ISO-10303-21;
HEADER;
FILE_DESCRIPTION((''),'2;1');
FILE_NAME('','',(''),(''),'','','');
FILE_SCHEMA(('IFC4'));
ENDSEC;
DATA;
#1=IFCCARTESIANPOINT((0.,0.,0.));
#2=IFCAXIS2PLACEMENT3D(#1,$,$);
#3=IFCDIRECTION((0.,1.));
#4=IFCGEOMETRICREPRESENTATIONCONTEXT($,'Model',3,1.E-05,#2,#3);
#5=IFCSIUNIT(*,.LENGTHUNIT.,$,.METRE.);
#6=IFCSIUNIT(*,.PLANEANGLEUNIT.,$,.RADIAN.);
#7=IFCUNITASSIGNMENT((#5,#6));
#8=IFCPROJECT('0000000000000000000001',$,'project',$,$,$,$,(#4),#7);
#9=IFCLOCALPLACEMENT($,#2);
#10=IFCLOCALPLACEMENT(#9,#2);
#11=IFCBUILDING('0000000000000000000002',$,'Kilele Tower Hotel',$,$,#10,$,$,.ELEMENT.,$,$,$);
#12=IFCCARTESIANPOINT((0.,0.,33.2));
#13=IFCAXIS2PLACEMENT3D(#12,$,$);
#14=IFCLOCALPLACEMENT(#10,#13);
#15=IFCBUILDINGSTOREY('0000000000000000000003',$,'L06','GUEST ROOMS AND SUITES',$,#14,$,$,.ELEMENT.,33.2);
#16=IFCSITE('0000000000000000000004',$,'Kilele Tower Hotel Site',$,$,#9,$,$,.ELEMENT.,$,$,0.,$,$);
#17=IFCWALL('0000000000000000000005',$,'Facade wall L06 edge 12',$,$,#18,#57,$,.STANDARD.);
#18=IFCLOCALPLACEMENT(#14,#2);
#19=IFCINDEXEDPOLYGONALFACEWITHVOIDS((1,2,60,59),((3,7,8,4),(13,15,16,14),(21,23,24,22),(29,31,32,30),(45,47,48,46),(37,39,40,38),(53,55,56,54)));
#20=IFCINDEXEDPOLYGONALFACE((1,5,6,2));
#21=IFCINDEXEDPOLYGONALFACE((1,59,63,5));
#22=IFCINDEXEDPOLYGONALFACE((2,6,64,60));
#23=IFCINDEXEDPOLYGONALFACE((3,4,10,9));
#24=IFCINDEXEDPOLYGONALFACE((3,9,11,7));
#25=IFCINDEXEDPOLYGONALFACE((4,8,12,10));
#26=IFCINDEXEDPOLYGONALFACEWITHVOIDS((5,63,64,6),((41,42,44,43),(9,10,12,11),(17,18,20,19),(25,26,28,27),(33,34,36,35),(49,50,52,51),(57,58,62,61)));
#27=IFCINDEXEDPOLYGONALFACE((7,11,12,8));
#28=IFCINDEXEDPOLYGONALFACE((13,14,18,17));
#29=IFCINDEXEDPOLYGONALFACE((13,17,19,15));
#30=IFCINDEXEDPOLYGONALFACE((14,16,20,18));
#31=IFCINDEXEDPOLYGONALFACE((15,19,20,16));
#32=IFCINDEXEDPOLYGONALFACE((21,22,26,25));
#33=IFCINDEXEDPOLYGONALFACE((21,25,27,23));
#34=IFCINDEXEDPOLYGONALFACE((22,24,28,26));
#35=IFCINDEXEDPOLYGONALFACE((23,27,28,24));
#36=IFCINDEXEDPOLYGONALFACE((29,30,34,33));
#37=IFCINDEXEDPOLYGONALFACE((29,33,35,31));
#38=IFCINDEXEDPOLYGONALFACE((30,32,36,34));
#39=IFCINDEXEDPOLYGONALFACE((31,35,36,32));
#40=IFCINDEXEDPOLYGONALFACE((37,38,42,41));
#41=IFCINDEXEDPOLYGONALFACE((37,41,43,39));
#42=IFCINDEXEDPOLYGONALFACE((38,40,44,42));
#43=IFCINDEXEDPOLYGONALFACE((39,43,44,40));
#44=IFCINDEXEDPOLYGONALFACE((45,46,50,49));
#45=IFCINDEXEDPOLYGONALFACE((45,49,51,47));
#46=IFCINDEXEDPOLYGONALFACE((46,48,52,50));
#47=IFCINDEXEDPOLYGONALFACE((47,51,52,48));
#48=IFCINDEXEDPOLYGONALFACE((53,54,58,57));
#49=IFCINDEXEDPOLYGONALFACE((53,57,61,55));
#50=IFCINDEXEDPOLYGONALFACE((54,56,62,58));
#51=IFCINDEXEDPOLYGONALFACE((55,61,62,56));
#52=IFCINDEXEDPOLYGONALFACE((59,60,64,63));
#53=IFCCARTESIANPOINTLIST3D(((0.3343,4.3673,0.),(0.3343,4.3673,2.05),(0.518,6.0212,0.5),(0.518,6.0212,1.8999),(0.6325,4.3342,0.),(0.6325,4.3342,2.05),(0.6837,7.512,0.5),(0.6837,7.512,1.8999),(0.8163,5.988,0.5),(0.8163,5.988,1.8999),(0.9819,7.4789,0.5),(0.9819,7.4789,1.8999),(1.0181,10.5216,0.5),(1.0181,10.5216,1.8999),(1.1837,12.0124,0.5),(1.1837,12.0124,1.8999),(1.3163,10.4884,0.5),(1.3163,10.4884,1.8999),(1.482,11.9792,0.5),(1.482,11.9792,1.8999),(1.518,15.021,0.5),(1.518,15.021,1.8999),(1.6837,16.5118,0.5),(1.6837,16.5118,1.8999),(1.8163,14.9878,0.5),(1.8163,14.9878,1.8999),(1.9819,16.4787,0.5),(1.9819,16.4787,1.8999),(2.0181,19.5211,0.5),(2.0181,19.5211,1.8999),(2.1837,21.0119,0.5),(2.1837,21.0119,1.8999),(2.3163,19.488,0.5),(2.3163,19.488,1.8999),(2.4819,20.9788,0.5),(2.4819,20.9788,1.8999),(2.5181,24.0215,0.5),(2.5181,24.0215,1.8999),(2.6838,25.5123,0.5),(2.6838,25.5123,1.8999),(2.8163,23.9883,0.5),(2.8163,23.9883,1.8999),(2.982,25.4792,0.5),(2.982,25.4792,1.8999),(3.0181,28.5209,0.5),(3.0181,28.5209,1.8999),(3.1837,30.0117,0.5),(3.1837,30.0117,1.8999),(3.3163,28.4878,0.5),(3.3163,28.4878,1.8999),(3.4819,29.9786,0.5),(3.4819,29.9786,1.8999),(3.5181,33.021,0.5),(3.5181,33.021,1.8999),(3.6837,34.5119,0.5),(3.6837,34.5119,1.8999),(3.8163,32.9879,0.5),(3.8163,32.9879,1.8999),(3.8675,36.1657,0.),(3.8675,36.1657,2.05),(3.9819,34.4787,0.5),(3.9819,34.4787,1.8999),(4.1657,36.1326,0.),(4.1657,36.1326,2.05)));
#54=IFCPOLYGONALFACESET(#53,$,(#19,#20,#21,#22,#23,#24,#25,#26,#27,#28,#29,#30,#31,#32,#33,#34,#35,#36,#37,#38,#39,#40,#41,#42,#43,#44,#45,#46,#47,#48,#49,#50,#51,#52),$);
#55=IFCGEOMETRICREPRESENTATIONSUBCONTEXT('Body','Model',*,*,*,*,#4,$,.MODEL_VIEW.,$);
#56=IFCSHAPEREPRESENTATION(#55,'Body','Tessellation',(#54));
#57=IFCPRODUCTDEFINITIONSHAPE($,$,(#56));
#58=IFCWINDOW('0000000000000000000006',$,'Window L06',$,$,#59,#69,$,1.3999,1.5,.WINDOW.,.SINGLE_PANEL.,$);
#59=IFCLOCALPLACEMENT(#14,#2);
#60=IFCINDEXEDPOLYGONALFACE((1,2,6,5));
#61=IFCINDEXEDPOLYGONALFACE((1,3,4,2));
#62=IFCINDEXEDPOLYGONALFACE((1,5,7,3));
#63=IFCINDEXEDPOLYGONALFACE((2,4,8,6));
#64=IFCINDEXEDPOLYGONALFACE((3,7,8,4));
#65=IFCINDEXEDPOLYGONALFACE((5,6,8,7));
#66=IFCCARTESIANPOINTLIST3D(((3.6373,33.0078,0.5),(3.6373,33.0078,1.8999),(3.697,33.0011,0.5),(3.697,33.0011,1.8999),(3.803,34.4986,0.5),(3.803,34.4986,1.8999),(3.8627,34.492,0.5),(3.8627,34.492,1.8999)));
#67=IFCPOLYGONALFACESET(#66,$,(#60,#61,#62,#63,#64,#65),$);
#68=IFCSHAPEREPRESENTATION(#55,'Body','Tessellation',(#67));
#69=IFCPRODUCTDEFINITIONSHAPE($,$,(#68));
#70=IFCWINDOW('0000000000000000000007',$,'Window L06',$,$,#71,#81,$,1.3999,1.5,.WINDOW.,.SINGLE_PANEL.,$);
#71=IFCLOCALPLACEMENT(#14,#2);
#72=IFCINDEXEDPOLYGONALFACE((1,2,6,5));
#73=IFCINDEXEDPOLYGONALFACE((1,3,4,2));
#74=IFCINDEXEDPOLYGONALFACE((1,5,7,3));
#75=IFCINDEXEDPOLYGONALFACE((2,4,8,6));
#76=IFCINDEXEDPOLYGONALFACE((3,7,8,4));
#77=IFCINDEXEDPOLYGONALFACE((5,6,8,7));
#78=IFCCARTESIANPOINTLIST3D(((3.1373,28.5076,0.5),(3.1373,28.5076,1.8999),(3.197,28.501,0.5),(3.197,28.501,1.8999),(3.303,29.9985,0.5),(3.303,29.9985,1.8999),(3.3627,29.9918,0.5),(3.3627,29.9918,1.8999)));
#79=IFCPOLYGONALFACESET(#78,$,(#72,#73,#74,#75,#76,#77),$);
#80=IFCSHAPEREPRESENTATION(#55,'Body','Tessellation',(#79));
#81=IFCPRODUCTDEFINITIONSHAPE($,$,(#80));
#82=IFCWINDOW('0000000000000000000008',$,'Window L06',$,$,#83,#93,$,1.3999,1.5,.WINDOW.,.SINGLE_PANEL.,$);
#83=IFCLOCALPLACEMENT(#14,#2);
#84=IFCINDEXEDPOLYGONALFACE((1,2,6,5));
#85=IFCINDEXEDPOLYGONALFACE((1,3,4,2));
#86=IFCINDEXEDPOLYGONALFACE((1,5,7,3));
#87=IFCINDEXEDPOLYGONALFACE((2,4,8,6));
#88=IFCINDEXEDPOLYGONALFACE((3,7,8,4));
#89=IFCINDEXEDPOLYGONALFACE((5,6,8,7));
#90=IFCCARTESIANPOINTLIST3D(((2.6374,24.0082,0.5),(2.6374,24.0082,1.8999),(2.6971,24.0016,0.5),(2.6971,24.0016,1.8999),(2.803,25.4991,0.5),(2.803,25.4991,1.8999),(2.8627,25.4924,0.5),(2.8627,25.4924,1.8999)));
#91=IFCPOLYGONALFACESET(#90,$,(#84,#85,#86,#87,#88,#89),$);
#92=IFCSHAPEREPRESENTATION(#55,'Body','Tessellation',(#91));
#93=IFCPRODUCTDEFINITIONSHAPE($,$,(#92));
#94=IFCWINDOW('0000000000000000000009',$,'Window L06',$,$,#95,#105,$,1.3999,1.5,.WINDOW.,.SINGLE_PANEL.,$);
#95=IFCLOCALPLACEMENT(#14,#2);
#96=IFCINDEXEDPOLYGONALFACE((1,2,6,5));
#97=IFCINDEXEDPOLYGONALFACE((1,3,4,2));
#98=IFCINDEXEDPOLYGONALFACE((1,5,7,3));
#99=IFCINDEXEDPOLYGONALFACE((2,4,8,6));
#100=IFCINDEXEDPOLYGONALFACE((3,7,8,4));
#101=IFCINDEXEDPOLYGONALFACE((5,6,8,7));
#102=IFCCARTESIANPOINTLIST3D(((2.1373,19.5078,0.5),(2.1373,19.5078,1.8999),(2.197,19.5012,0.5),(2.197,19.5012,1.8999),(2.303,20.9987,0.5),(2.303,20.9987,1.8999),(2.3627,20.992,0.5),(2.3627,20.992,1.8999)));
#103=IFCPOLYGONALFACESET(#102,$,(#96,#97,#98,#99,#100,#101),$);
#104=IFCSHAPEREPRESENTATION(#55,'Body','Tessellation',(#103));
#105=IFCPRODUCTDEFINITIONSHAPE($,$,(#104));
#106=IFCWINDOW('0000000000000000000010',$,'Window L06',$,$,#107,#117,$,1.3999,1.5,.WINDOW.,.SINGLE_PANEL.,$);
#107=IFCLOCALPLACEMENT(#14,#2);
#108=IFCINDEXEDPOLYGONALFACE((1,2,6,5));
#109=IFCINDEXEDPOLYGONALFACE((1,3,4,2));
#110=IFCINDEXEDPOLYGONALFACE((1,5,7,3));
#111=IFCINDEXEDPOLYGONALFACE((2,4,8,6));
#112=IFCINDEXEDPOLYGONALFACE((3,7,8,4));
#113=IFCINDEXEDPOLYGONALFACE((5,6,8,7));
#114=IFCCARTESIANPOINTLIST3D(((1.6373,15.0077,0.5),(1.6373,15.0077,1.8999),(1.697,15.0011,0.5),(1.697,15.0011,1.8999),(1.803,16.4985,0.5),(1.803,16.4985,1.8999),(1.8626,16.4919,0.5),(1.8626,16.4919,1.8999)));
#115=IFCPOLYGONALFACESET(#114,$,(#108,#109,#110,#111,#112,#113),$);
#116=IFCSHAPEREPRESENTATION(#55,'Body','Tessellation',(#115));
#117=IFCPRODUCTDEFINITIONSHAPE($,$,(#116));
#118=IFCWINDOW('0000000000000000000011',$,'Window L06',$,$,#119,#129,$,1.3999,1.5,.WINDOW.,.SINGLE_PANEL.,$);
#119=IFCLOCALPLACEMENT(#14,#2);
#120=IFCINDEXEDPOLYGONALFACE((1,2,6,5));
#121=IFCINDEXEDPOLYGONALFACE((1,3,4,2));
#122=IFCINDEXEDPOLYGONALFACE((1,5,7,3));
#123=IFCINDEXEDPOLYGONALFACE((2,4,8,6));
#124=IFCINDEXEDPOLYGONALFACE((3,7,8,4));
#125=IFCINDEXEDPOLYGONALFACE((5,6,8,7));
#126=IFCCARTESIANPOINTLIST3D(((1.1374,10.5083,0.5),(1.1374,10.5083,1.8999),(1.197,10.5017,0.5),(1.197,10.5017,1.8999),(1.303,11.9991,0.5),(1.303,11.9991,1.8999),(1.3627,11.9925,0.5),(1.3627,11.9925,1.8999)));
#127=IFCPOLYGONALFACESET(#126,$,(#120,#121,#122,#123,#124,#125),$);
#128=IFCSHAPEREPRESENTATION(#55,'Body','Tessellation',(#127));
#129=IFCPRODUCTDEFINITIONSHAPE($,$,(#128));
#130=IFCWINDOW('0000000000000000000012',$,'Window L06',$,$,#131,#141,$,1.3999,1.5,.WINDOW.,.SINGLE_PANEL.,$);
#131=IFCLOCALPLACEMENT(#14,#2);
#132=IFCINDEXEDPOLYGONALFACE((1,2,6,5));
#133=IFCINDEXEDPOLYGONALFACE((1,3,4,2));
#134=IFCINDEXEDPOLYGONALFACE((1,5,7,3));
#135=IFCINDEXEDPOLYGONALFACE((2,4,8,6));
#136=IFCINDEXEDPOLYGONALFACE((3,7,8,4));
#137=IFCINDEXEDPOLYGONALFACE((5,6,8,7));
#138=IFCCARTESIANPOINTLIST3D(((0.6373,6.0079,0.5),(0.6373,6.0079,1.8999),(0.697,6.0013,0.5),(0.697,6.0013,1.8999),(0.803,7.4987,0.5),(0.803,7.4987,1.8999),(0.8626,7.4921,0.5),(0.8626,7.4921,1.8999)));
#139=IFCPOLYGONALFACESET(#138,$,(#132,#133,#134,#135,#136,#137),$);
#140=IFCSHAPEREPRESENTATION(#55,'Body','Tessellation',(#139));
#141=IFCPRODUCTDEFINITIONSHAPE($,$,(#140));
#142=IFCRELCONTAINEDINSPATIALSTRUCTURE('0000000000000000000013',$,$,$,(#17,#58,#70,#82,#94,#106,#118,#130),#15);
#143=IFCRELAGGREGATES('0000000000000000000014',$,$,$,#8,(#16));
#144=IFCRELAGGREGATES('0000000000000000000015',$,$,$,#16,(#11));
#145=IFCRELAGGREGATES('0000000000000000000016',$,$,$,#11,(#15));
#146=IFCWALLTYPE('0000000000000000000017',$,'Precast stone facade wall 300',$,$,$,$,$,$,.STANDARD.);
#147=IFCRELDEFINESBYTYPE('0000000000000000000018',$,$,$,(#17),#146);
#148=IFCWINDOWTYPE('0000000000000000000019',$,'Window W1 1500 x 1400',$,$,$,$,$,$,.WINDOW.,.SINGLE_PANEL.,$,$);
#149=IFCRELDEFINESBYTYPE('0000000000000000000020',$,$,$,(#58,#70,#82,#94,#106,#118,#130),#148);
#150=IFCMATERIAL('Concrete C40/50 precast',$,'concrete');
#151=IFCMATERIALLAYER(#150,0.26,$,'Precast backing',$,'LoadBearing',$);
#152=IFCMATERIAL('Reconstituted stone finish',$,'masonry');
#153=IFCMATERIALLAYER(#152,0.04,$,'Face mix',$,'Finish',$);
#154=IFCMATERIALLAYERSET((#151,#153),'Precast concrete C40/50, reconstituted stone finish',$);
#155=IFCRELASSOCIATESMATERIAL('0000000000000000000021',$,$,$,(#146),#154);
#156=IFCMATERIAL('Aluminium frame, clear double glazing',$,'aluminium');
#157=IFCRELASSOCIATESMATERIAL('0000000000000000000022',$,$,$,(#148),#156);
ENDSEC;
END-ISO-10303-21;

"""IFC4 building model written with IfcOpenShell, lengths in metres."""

from ifc_helpers import new_model, si_unit, direction, frame, frame_2d, origin, place, context, subcontext, project, spatial, rectangle, extrude, material, layer, layer_set, type_object, element, fill, save


model = new_model("IFC4")

# Units and contexts
model_context = context("Model", 3, precision=1e-05, world=origin(), true_north=direction((0.0, 1.0)))
body_context = subcontext(model_context, "Body", "Model", "MODEL_VIEW")
ifc_project = project(units=[si_unit("LENGTHUNIT", "METRE"), si_unit("PLANEANGLEUNIT", "RADIAN")], contexts=[model_context])

# Site, building, storey
site_placement = place(None, origin())
site = spatial("IfcSite", under=ifc_project, at=site_placement, Name="Kilele Tower Hotel Site", CompositionType="ELEMENT", RefElevation=0.0)
building_placement = place(site_placement, origin())
building = spatial("IfcBuilding", under=site, at=building_placement, Name="Kilele Tower Hotel", CompositionType="ELEMENT")
storey_placement = place(building_placement, frame((0.0, 0.0, 33.2)))
storey = spatial("IfcBuildingStorey", under=building, at=storey_placement, Name="L06", Description="GUEST ROOMS AND SUITES", CompositionType="ELEMENT", Elevation=33.2)

# Shared definitions
ifc_material_1 = material(Name="Concrete C40/50 precast", Category="concrete")
ifc_layer_1 = layer(ifc_material_1, 0.26, Name="Precast backing", Category="LoadBearing")
ifc_material_2 = material(Name="Reconstituted stone finish", Category="masonry")
ifc_layer_2 = layer(ifc_material_2, 0.04, Name="Face mix", Category="Finish")
ifc_layer_set_1 = layer_set([ifc_layer_1, ifc_layer_2], Name="Precast concrete C40/50, reconstituted stone finish")
wall_type_1 = type_object("IfcWallType", Name="Precast stone facade wall 300", PredefinedType="STANDARD", material=ifc_layer_set_1)
ifc_material_3 = material(Name="Aluminium frame, clear double glazing", Category="aluminium")
window_type_1 = type_object("IfcWindowType", Name="Window W1 1500 x 1400", PartitioningType="SINGLE_PANEL", PredefinedType="WINDOW", material=ifc_material_3)

# Wall, openings, windows
wall_1_placement = place(storey_placement, frame((4.0166, 36.1492, 0.0), z_axis=(0.0, 0.0, 1.0), x_axis=(-0.110433, -0.993884, 0.0)))
wall_1 = element("IfcWall", 1, at=wall_1_placement, inside=storey, type_object=wall_type_1, Name="Facade wall L06 edge 12", PredefinedType="STANDARD", context=body_context, shape_type="SweptSolid", body=[
    extrude(rectangle(XDim=31.9941, YDim=0.3, at=frame_2d((15.9971, 0.0))), origin(), (0.0, 0.0, 1.0), 2.05),
])
opening_1_placement = place(wall_1_placement, frame((1.6641, 0.0, 0.5)))
opening_1 = element("IfcOpeningElement", 2, at=opening_1_placement, cuts=wall_1, PredefinedType="OPENING", context=body_context, shape_type="SweptSolid", body=[
    extrude(rectangle(XDim=1.5, YDim=1.3999, at=frame_2d((0.75, 0.7))), frame((0.0, 0.1599, 0.0), z_axis=(0.0, -1.0, 0.0), x_axis=(1.0, 0.0, 0.0)), (0.0, 0.0, 1.0), 0.3201),
])
opening_2_placement = place(wall_1_placement, frame((6.1919, 0.0, 0.5)))
opening_2 = element("IfcOpeningElement", 3, at=opening_2_placement, cuts=wall_1, PredefinedType="OPENING", context=body_context, shape_type="SweptSolid", body=[
    extrude(rectangle(XDim=1.5, YDim=1.3999, at=frame_2d((0.75, 0.7))), frame((0.0, 0.1599, 0.0), z_axis=(0.0, -1.0, 0.0), x_axis=(1.0, 0.0, 0.0)), (0.0, 0.0, 1.0), 0.3201),
])
opening_3_placement = place(wall_1_placement, frame((10.719, 0.0, 0.5)))
opening_3 = element("IfcOpeningElement", 4, at=opening_3_placement, cuts=wall_1, PredefinedType="OPENING", context=body_context, shape_type="SweptSolid", body=[
    extrude(rectangle(XDim=1.5, YDim=1.3999, at=frame_2d((0.75, 0.7))), frame((0.0, 0.1599, 0.0), z_axis=(0.0, -1.0, 0.0), x_axis=(1.0, 0.0, 0.0)), (0.0, 0.0, 1.0), 0.3201),
])
opening_4_placement = place(wall_1_placement, frame((15.2471, 0.0, 0.5)))
opening_4 = element("IfcOpeningElement", 5, at=opening_4_placement, cuts=wall_1, PredefinedType="OPENING", context=body_context, shape_type="SweptSolid", body=[
    extrude(rectangle(XDim=1.5, YDim=1.3999, at=frame_2d((0.75, 0.7))), frame((0.0, 0.1599, 0.0), z_axis=(0.0, -1.0, 0.0), x_axis=(1.0, 0.0, 0.0)), (0.0, 0.0, 1.0), 0.3201),
])
opening_5_placement = place(wall_1_placement, frame((19.7749, 0.0, 0.5)))
opening_5 = element("IfcOpeningElement", 6, at=opening_5_placement, cuts=wall_1, PredefinedType="OPENING", context=body_context, shape_type="SweptSolid", body=[
    extrude(rectangle(XDim=1.5, YDim=1.3999, at=frame_2d((0.75, 0.7))), frame((0.0, 0.1599, 0.0), z_axis=(0.0, -1.0, 0.0), x_axis=(1.0, 0.0, 0.0)), (0.0, 0.0, 1.0), 0.3201),
])
opening_6_placement = place(wall_1_placement, frame((24.302, 0.0, 0.5)))
opening_6 = element("IfcOpeningElement", 7, at=opening_6_placement, cuts=wall_1, PredefinedType="OPENING", context=body_context, shape_type="SweptSolid", body=[
    extrude(rectangle(XDim=1.5, YDim=1.3999, at=frame_2d((0.75, 0.7))), frame((0.0, 0.1599, 0.0), z_axis=(0.0, -1.0, 0.0), x_axis=(1.0, 0.0, 0.0)), (0.0, 0.0, 1.0), 0.3201),
])
opening_7_placement = place(wall_1_placement, frame((28.8301, 0.0, 0.5)))
opening_7 = element("IfcOpeningElement", 8, at=opening_7_placement, cuts=wall_1, PredefinedType="OPENING", context=body_context, shape_type="SweptSolid", body=[
    extrude(rectangle(XDim=1.5, YDim=1.3999, at=frame_2d((0.75, 0.7))), frame((0.0, 0.1599, 0.0), z_axis=(0.0, -1.0, 0.0), x_axis=(1.0, 0.0, 0.0)), (0.0, 0.0, 1.0), 0.3201),
])
window_1_placement = place(opening_1_placement, origin())
window_1 = element("IfcWindow", 9, at=window_1_placement, inside=storey, type_object=window_type_1, Name="Window L06", OverallHeight=1.3999, OverallWidth=1.5, PartitioningType="SINGLE_PANEL", PredefinedType="WINDOW", context=body_context, shape_type="SweptSolid", body=[
    extrude(rectangle(XDim=1.5, YDim=1.3999, at=frame_2d((0.75, 0.7))), frame((0.0, 0.03, 0.0), z_axis=(0.0, -1.0, 0.0), x_axis=(1.0, 0.0, 0.0)), (0.0, 0.0, 1.0), 0.0601),
])
fill(opening_1, window_1)
window_2_placement = place(opening_2_placement, origin())
window_2 = element("IfcWindow", 10, at=window_2_placement, inside=storey, type_object=window_type_1, Name="Window L06", OverallHeight=1.3999, OverallWidth=1.5, PartitioningType="SINGLE_PANEL", PredefinedType="WINDOW", context=body_context, shape_type="SweptSolid", body=[
    extrude(rectangle(XDim=1.5, YDim=1.3999, at=frame_2d((0.75, 0.7))), frame((0.0, 0.03, 0.0), z_axis=(0.0, -1.0, 0.0), x_axis=(1.0, 0.0, 0.0)), (0.0, 0.0, 1.0), 0.0601),
])
fill(opening_2, window_2)
window_3_placement = place(opening_3_placement, origin())
window_3 = element("IfcWindow", 11, at=window_3_placement, inside=storey, type_object=window_type_1, Name="Window L06", OverallHeight=1.3999, OverallWidth=1.5, PartitioningType="SINGLE_PANEL", PredefinedType="WINDOW", context=body_context, shape_type="SweptSolid", body=[
    extrude(rectangle(XDim=1.5, YDim=1.3999, at=frame_2d((0.75, 0.7))), frame((0.0, 0.03, 0.0), z_axis=(0.0, -1.0, 0.0), x_axis=(1.0, 0.0, 0.0)), (0.0, 0.0, 1.0), 0.0601),
])
fill(opening_3, window_3)
window_4_placement = place(opening_4_placement, origin())
window_4 = element("IfcWindow", 12, at=window_4_placement, inside=storey, type_object=window_type_1, Name="Window L06", OverallHeight=1.3999, OverallWidth=1.5, PartitioningType="SINGLE_PANEL", PredefinedType="WINDOW", context=body_context, shape_type="SweptSolid", body=[
    extrude(rectangle(XDim=1.5, YDim=1.3999, at=frame_2d((0.75, 0.7))), frame((0.0, 0.03, 0.0), z_axis=(0.0, -1.0, 0.0), x_axis=(1.0, 0.0, 0.0)), (0.0, 0.0, 1.0), 0.0601),
])
fill(opening_4, window_4)
window_5_placement = place(opening_5_placement, origin())
window_5 = element("IfcWindow", 13, at=window_5_placement, inside=storey, type_object=window_type_1, Name="Window L06", OverallHeight=1.3999, OverallWidth=1.5, PartitioningType="SINGLE_PANEL", PredefinedType="WINDOW", context=body_context, shape_type="SweptSolid", body=[
    extrude(rectangle(XDim=1.5, YDim=1.3999, at=frame_2d((0.75, 0.7))), frame((0.0, 0.03, 0.0), z_axis=(0.0, -1.0, 0.0), x_axis=(1.0, 0.0, 0.0)), (0.0, 0.0, 1.0), 0.0601),
])
fill(opening_5, window_5)
window_6_placement = place(opening_6_placement, origin())
window_6 = element("IfcWindow", 14, at=window_6_placement, inside=storey, type_object=window_type_1, Name="Window L06", OverallHeight=1.3999, OverallWidth=1.5, PartitioningType="SINGLE_PANEL", PredefinedType="WINDOW", context=body_context, shape_type="SweptSolid", body=[
    extrude(rectangle(XDim=1.5, YDim=1.3999, at=frame_2d((0.75, 0.7))), frame((0.0, 0.03, 0.0), z_axis=(0.0, -1.0, 0.0), x_axis=(1.0, 0.0, 0.0)), (0.0, 0.0, 1.0), 0.0601),
])
fill(opening_6, window_6)
window_7_placement = place(opening_7_placement, origin())
window_7 = element("IfcWindow", 15, at=window_7_placement, inside=storey, type_object=window_type_1, Name="Window L06", OverallHeight=1.3999, OverallWidth=1.5, PartitioningType="SINGLE_PANEL", PredefinedType="WINDOW", context=body_context, shape_type="SweptSolid", body=[
    extrude(rectangle(XDim=1.5, YDim=1.3999, at=frame_2d((0.75, 0.7))), frame((0.0, 0.03, 0.0), z_axis=(0.0, -1.0, 0.0), x_axis=(1.0, 0.0, 0.0)), (0.0, 0.0, 1.0), 0.0601),
])
fill(opening_7, window_7)

save(model, "model.ifc")
